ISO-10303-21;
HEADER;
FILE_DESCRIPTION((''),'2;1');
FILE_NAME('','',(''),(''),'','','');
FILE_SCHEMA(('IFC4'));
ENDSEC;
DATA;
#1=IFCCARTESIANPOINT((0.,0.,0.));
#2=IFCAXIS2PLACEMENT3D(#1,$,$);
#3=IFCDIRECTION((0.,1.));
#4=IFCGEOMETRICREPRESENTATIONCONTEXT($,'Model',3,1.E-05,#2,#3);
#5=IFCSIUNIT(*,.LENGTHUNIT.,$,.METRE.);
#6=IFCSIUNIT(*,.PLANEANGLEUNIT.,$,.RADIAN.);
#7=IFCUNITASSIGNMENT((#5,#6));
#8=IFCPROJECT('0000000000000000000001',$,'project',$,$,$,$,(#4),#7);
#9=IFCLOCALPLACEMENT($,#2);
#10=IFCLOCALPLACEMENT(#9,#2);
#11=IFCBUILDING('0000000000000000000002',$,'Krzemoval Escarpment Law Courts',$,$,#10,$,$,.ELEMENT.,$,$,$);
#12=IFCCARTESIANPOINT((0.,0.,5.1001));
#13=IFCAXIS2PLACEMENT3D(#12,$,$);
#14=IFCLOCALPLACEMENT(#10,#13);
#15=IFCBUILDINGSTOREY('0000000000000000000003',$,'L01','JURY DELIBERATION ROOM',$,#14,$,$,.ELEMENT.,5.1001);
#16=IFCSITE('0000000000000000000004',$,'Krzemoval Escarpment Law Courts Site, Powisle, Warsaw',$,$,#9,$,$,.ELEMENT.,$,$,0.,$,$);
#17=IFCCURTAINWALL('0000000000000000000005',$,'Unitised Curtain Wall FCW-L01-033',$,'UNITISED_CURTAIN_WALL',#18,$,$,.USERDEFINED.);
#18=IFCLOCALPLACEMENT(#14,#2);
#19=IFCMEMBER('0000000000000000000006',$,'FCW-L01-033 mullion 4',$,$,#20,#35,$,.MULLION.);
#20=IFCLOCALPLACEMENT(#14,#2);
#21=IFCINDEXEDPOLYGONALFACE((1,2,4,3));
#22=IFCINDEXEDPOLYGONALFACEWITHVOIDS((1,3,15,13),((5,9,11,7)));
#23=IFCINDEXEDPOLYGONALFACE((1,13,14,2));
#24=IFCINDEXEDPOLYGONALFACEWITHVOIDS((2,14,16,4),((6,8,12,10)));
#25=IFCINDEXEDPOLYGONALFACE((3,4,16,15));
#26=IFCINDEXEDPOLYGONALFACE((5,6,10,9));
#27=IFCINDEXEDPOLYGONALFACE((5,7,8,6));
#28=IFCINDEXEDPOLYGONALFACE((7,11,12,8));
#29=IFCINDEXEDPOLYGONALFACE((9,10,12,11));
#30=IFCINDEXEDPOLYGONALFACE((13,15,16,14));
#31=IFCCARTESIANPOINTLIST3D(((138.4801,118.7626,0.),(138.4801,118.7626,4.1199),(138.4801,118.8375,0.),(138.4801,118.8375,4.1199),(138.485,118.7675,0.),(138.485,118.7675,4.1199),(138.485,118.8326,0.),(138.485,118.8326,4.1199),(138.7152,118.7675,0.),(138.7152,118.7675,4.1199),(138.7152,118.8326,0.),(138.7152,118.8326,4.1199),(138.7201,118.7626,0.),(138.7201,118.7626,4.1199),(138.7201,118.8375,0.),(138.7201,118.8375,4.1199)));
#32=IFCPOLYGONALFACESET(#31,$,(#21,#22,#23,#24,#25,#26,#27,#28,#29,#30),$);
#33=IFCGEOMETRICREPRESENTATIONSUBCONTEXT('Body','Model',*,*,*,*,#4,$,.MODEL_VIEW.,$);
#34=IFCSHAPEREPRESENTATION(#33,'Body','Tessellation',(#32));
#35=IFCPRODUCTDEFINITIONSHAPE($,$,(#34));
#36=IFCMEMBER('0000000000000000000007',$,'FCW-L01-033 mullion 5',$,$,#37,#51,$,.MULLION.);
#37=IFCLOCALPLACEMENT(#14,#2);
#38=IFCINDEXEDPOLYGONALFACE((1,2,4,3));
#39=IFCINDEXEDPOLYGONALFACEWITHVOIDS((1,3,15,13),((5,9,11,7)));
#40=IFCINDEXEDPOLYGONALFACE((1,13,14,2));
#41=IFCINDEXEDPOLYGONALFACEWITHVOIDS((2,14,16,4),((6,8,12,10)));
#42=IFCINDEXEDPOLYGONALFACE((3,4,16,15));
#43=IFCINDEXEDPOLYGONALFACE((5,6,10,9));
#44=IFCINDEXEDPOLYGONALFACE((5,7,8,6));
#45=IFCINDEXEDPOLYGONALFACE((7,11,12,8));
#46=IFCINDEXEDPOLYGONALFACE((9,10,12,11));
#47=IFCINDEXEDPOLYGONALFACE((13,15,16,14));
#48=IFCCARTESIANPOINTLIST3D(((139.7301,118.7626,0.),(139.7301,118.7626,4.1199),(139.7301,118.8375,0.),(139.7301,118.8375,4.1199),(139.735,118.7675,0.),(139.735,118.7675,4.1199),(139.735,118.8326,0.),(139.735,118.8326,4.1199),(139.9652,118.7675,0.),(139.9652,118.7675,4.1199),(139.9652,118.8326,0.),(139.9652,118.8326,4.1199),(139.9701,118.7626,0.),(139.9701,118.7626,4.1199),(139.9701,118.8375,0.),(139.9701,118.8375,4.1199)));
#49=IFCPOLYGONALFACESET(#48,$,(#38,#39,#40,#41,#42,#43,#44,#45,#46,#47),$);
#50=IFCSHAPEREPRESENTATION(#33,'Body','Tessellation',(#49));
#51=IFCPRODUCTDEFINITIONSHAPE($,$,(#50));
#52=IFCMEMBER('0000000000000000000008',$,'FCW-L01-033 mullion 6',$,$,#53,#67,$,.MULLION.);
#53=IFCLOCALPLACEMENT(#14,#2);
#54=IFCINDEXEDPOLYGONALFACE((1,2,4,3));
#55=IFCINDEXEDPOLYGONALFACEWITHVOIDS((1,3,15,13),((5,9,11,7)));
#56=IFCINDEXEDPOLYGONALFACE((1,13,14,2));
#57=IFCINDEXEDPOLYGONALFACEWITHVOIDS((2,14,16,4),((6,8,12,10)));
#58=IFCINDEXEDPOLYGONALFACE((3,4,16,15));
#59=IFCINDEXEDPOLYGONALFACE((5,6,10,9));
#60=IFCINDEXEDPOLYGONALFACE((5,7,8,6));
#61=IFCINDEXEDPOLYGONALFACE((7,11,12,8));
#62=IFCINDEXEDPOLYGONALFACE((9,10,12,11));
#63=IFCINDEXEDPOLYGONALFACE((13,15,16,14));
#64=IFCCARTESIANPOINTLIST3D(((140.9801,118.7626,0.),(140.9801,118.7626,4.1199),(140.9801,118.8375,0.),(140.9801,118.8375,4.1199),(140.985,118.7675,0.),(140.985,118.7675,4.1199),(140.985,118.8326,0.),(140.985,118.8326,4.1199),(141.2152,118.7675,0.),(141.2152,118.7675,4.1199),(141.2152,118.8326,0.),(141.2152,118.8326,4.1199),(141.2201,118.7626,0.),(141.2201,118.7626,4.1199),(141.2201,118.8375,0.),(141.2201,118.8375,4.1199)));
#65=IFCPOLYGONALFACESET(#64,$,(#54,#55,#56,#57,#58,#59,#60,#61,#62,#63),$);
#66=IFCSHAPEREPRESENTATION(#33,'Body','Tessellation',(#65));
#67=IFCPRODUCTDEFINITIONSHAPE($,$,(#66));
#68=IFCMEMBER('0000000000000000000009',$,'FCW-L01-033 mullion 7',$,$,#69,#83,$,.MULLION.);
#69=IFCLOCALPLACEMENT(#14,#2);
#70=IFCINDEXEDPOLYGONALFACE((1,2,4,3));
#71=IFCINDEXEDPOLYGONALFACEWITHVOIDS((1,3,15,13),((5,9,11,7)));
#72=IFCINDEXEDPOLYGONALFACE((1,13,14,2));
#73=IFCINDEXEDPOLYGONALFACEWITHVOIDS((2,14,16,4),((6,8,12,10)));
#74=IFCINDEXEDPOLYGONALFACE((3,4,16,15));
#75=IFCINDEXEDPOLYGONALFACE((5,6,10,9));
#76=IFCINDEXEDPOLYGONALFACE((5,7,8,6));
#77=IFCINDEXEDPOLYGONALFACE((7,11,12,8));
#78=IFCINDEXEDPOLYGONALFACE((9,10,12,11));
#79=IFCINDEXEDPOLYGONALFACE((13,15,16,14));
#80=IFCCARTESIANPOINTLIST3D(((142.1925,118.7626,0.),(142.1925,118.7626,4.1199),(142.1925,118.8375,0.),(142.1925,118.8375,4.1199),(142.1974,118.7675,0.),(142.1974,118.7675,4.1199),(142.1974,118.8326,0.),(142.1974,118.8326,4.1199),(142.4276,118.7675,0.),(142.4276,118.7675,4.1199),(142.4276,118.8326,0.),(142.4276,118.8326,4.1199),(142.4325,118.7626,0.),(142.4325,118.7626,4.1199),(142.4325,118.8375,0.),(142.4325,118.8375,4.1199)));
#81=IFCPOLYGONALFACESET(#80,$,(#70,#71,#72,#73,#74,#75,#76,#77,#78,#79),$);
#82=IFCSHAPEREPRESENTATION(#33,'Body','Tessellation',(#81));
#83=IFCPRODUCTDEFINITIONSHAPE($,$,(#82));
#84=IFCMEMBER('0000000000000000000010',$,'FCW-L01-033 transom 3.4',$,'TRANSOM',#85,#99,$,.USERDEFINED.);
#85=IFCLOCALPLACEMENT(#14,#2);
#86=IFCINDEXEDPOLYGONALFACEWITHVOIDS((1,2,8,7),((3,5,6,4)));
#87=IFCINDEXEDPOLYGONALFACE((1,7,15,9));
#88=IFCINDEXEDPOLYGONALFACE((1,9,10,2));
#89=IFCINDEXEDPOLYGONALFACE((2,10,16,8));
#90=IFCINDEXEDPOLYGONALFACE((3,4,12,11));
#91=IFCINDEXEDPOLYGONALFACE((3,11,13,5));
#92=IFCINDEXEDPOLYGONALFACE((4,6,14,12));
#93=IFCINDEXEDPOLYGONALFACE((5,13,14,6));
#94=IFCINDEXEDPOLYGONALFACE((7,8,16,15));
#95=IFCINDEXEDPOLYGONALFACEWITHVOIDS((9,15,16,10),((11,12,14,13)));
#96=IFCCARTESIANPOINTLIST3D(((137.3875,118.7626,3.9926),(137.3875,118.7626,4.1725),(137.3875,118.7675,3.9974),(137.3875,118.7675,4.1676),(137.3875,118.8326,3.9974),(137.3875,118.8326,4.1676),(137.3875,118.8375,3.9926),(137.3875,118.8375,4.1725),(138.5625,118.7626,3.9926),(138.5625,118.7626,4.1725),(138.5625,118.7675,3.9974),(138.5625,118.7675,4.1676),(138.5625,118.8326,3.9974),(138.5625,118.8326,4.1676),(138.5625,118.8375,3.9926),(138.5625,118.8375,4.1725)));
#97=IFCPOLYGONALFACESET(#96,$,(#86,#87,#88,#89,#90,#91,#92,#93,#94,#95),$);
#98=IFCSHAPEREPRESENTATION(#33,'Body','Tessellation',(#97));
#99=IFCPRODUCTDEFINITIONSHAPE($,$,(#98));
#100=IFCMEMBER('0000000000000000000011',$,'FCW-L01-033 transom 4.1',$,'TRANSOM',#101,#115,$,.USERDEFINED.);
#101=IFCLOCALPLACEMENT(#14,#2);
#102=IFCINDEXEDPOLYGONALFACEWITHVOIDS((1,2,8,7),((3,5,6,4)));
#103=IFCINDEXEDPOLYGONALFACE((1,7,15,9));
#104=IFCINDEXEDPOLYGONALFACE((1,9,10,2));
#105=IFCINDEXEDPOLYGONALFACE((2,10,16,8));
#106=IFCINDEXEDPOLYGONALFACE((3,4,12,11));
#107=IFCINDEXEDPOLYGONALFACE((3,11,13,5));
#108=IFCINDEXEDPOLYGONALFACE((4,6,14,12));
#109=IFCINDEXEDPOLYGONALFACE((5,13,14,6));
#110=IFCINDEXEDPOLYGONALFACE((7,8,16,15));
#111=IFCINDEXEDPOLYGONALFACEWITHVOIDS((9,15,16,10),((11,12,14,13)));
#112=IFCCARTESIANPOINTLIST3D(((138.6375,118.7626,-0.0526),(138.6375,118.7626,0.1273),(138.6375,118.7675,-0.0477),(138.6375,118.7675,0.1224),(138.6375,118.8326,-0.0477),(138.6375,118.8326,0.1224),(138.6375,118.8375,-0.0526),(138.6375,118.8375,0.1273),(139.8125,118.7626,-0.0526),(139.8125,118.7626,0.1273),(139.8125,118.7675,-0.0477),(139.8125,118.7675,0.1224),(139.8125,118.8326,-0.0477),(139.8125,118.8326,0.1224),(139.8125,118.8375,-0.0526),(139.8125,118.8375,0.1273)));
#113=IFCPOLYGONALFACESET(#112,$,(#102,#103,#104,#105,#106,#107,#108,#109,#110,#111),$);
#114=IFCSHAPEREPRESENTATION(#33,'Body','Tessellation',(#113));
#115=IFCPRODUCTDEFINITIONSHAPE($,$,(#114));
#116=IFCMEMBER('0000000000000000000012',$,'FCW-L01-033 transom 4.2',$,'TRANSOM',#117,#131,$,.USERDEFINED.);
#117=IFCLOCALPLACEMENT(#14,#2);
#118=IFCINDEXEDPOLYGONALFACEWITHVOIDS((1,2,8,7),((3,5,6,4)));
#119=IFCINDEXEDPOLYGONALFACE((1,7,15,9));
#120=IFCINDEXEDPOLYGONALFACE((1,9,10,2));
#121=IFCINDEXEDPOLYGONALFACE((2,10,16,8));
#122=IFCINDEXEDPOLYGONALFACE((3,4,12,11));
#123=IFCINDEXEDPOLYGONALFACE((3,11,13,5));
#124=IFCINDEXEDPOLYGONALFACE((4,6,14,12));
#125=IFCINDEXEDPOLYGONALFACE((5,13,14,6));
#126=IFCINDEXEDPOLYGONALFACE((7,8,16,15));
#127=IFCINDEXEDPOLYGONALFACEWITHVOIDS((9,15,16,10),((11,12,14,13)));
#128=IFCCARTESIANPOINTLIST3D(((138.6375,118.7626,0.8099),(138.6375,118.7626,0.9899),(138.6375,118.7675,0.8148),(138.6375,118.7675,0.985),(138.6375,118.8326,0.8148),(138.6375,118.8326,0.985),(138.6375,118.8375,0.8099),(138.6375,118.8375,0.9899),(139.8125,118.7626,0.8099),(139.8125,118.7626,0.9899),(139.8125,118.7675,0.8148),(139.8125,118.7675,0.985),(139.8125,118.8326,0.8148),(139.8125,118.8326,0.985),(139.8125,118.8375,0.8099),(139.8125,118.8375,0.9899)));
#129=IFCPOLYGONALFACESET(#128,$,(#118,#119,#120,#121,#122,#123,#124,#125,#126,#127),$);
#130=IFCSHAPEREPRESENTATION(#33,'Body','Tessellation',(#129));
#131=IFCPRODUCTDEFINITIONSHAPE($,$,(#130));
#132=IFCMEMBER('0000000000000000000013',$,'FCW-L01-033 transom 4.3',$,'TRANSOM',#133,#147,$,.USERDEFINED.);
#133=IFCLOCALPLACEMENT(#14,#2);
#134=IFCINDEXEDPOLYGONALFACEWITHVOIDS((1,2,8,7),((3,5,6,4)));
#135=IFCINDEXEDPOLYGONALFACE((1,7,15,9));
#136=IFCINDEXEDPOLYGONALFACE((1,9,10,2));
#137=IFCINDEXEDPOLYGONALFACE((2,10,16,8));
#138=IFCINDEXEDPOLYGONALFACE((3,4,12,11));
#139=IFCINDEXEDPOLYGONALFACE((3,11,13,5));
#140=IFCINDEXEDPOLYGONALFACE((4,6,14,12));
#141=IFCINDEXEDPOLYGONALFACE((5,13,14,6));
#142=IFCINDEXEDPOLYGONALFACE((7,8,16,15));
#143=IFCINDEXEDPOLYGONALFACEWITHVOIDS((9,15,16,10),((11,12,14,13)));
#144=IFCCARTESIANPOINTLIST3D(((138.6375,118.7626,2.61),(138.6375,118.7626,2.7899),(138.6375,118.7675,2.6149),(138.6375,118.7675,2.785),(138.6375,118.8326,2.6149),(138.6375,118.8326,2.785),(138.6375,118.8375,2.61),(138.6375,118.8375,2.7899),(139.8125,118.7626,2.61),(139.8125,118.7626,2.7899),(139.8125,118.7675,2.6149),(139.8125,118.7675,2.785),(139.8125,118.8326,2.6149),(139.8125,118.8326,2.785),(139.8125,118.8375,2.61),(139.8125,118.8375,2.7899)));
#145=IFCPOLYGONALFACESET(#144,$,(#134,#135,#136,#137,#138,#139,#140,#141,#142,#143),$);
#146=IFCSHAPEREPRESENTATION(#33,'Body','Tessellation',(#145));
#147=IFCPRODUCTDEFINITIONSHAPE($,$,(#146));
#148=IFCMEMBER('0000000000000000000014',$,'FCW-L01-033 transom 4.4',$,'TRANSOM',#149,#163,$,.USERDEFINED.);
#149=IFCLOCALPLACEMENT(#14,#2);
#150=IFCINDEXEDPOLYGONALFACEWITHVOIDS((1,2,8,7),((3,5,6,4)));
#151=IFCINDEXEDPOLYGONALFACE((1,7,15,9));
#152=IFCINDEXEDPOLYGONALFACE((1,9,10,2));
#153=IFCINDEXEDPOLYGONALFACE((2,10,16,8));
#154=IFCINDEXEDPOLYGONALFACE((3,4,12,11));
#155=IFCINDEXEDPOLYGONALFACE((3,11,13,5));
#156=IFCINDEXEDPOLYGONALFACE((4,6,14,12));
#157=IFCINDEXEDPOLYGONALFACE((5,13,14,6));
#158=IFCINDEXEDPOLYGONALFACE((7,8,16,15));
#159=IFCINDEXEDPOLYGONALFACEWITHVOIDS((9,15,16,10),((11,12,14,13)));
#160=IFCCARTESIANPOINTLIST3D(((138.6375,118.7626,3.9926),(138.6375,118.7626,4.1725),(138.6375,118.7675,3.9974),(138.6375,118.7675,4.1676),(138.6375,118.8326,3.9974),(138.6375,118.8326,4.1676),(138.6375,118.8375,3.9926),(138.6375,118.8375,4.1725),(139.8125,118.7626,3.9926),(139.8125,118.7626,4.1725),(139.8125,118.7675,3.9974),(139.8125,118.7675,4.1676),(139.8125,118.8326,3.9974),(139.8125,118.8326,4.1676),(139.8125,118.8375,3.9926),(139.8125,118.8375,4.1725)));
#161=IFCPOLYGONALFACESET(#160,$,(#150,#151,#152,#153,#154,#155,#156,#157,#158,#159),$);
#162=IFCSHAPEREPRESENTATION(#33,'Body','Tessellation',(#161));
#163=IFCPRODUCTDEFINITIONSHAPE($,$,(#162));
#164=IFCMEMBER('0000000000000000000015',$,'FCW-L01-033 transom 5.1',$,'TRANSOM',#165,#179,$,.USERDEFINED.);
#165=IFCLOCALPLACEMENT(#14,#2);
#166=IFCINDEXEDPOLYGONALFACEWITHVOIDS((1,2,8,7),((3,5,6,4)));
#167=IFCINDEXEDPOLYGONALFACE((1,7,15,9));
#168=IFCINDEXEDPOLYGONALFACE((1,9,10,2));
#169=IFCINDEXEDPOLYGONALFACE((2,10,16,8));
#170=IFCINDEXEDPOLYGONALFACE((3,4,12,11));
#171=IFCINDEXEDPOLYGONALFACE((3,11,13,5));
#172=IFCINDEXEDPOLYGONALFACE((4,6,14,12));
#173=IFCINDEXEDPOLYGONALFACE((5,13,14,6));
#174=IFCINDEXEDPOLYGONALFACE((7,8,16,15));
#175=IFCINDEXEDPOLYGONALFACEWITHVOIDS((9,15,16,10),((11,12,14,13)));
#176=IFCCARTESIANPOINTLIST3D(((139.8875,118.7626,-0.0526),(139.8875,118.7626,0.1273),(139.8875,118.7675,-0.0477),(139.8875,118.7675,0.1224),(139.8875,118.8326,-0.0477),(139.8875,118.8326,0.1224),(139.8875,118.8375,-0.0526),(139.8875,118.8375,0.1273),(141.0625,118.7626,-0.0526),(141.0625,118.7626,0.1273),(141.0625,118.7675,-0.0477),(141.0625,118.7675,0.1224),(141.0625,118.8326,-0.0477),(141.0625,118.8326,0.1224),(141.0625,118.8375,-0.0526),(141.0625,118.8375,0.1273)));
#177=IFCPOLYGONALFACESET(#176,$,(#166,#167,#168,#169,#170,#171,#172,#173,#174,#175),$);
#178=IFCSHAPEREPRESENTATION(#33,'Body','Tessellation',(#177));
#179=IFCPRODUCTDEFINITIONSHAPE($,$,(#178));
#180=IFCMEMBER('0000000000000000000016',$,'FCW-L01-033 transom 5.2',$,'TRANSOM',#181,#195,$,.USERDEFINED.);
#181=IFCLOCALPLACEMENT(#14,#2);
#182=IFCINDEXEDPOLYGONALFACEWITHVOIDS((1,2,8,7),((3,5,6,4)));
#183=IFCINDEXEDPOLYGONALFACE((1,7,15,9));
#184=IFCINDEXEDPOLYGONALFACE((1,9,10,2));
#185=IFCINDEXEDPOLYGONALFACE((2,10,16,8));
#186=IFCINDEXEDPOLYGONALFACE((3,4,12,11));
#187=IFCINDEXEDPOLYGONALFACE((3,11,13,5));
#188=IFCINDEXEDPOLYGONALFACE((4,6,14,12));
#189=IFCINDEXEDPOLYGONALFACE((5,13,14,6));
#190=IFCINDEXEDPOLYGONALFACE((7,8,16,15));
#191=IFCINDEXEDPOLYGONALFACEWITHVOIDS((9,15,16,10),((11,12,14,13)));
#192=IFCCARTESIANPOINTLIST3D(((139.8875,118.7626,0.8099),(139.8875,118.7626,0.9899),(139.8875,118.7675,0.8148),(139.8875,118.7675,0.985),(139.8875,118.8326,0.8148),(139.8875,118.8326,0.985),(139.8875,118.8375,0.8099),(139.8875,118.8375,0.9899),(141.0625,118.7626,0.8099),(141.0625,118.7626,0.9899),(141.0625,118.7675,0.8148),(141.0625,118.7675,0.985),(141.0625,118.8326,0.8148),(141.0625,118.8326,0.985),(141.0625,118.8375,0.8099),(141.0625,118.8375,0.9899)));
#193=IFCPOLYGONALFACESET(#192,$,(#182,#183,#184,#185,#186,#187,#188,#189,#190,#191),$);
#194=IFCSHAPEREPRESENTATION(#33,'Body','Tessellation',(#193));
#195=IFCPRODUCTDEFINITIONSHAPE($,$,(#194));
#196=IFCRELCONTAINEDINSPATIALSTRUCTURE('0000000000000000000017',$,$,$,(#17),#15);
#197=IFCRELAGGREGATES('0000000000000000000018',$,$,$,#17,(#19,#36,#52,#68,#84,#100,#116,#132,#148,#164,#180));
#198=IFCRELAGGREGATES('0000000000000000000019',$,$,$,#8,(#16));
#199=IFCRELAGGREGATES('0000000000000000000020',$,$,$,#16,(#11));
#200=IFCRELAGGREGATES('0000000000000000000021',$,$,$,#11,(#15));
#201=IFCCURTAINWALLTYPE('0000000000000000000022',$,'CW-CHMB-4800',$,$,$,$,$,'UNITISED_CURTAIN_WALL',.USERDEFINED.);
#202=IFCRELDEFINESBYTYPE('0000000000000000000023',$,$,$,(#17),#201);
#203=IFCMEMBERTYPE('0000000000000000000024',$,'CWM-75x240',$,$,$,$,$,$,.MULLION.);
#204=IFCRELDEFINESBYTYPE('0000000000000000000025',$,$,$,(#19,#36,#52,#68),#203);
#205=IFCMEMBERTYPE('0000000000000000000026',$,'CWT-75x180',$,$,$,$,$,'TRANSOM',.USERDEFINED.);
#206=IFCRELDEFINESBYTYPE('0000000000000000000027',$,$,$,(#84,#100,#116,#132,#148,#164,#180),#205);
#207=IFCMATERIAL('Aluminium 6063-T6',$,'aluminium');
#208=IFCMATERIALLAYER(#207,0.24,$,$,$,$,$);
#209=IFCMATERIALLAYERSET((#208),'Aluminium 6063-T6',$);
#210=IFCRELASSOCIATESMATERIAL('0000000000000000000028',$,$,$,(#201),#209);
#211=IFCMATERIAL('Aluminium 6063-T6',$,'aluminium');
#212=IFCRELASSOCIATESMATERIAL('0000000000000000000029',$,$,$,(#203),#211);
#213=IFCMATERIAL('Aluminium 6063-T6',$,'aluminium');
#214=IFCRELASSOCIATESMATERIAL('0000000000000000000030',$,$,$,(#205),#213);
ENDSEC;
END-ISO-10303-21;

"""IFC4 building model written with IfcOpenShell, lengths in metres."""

from ifc_helpers import new_model, si_unit, direction, frame, origin, origin_2d, place, context, subcontext, project, spatial, hollow_rectangle, extrude, material, layer, layer_set, material_profile, profile_set, type_object, element, aggregate, save


model = new_model("IFC4")

# Units and contexts
model_context = context("Model", 3, precision=1e-05, world=origin(), true_north=direction((0.0, 1.0)))
body_context = subcontext(model_context, "Body", "Model", "MODEL_VIEW")
ifc_project = project(units=[si_unit("LENGTHUNIT", "METRE"), si_unit("PLANEANGLEUNIT", "RADIAN")], contexts=[model_context])

# Site, building, storey
site_placement = place(None, origin())
site = spatial("IfcSite", under=ifc_project, at=site_placement, Name="Krzemoval Escarpment Law Courts Site, Powisle, Warsaw", CompositionType="ELEMENT", RefElevation=0.0)
building_placement = place(site_placement, origin())
building = spatial("IfcBuilding", under=site, at=building_placement, Name="Krzemoval Escarpment Law Courts", CompositionType="ELEMENT")
storey_placement = place(building_placement, frame((0.0, 0.0, 5.1001)))
storey = spatial("IfcBuildingStorey", under=building, at=storey_placement, Name="L01", Description="JURY DELIBERATION ROOM", CompositionType="ELEMENT", Elevation=5.1001)

# Curtain wall, members
ifc_material_1 = material(Name="Aluminium 6063-T6", Category="aluminium")
ifc_layer_1 = layer(ifc_material_1, 0.24)
ifc_layer_set_1 = layer_set([ifc_layer_1], Name="Aluminium 6063-T6")
curtain_wall_type = type_object("IfcCurtainWallType", Name="CW-CHMB-4800", ElementType="UNITISED_CURTAIN_WALL", PredefinedType="USERDEFINED", material=ifc_layer_set_1)
curtain_wall_placement = place(storey_placement, origin())
curtain_wall = element("IfcCurtainWall", 1, at=curtain_wall_placement, inside=storey, type_object=curtain_wall_type, Name="Unitised Curtain Wall FCW-L01-033", ObjectType="UNITISED_CURTAIN_WALL", PredefinedType="USERDEFINED")
ifc_material_2 = material(Name="Aluminium 6063-T6", Category="aluminium")
ifc_material_profile_1 = material_profile(ifc_material_2, hollow_rectangle(XDim=0.075, YDim=0.24, WallThickness=0.0049, at=origin_2d()), Name="ALU M75x240")
ifc_profile_set_1 = profile_set([ifc_material_profile_1], Name="Aluminium 6063-T6")
member_type_1 = type_object("IfcMemberType", Name="CWM-75x240", PredefinedType="MULLION", material=ifc_profile_set_1)
member_1_placement = place(storey_placement, frame((138.6001, 118.8, 0.0), z_axis=(0.0, 0.0, 1.0), x_axis=(0.0, 1.0, 0.0)))
member_1 = element("IfcMember", 2, at=member_1_placement, type_object=member_type_1, Name="FCW-L01-033 mullion 4", PredefinedType="MULLION", context=body_context, shape_type="SweptSolid", body=[
    extrude(hollow_rectangle(XDim=0.075, YDim=0.24, WallThickness=0.0049, at=origin_2d()), origin(), (0.0, 0.0, 1.0), 4.1199),
])
member_2_placement = place(storey_placement, frame((139.8501, 118.8, 0.0), z_axis=(0.0, 0.0, 1.0), x_axis=(0.0, 1.0, 0.0)))
member_2 = element("IfcMember", 3, at=member_2_placement, type_object=member_type_1, Name="FCW-L01-033 mullion 5", PredefinedType="MULLION", context=body_context, shape_type="SweptSolid", body=[
    extrude(hollow_rectangle(XDim=0.075, YDim=0.24, WallThickness=0.0049, at=origin_2d()), origin(), (0.0, 0.0, 1.0), 4.1199),
])
member_3_placement = place(storey_placement, frame((141.1001, 118.8, 0.0), z_axis=(0.0, 0.0, 1.0), x_axis=(0.0, 1.0, 0.0)))
member_3 = element("IfcMember", 4, at=member_3_placement, type_object=member_type_1, Name="FCW-L01-033 mullion 6", PredefinedType="MULLION", context=body_context, shape_type="SweptSolid", body=[
    extrude(hollow_rectangle(XDim=0.075, YDim=0.24, WallThickness=0.0049, at=origin_2d()), origin(), (0.0, 0.0, 1.0), 4.1199),
])
member_4_placement = place(storey_placement, frame((142.3125, 118.8, 0.0), z_axis=(0.0, 0.0, 1.0), x_axis=(0.0, 1.0, 0.0)))
member_4 = element("IfcMember", 5, at=member_4_placement, type_object=member_type_1, Name="FCW-L01-033 mullion 7", PredefinedType="MULLION", context=body_context, shape_type="SweptSolid", body=[
    extrude(hollow_rectangle(XDim=0.075, YDim=0.24, WallThickness=0.0049, at=origin_2d()), origin(), (0.0, 0.0, 1.0), 4.1199),
])
ifc_material_3 = material(Name="Aluminium 6063-T6", Category="aluminium")
ifc_material_profile_2 = material_profile(ifc_material_3, hollow_rectangle(XDim=0.075, YDim=0.1799, WallThickness=0.0049, at=origin_2d()), Name="ALU T75x180")
ifc_profile_set_2 = profile_set([ifc_material_profile_2], Name="Aluminium 6063-T6")
member_type_2 = type_object("IfcMemberType", Name="CWT-75x180", ElementType="TRANSOM", PredefinedType="USERDEFINED", material=ifc_profile_set_2)
member_5_placement = place(storey_placement, frame((137.3875, 118.8, 4.0825), z_axis=(1.0, 0.0, 0.0), x_axis=(0.0, 1.0, 0.0)))
member_5 = element("IfcMember", 6, at=member_5_placement, type_object=member_type_2, Name="FCW-L01-033 transom 3.4", ObjectType="TRANSOM", PredefinedType="USERDEFINED", context=body_context, shape_type="SweptSolid", body=[
    extrude(hollow_rectangle(XDim=0.075, YDim=0.1799, WallThickness=0.0049, at=origin_2d()), origin(), (0.0, 0.0, 1.0), 1.175),
])
member_6_placement = place(storey_placement, frame((138.6375, 118.8, 0.0374), z_axis=(1.0, 0.0, 0.0), x_axis=(0.0, 1.0, 0.0)))
member_6 = element("IfcMember", 7, at=member_6_placement, type_object=member_type_2, Name="FCW-L01-033 transom 4.1", ObjectType="TRANSOM", PredefinedType="USERDEFINED", context=body_context, shape_type="SweptSolid", body=[
    extrude(hollow_rectangle(XDim=0.075, YDim=0.1799, WallThickness=0.0049, at=origin_2d()), origin(), (0.0, 0.0, 1.0), 1.175),
])
member_7_placement = place(storey_placement, frame((138.6375, 118.8, 0.8999), z_axis=(1.0, 0.0, 0.0), x_axis=(0.0, 1.0, 0.0)))
member_7 = element("IfcMember", 8, at=member_7_placement, type_object=member_type_2, Name="FCW-L01-033 transom 4.2", ObjectType="TRANSOM", PredefinedType="USERDEFINED", context=body_context, shape_type="SweptSolid", body=[
    extrude(hollow_rectangle(XDim=0.075, YDim=0.1799, WallThickness=0.0049, at=origin_2d()), origin(), (0.0, 0.0, 1.0), 1.175),
])
member_8_placement = place(storey_placement, frame((138.6375, 118.8, 2.7), z_axis=(1.0, 0.0, 0.0), x_axis=(0.0, 1.0, 0.0)))
member_8 = element("IfcMember", 9, at=member_8_placement, type_object=member_type_2, Name="FCW-L01-033 transom 4.3", ObjectType="TRANSOM", PredefinedType="USERDEFINED", context=body_context, shape_type="SweptSolid", body=[
    extrude(hollow_rectangle(XDim=0.075, YDim=0.1799, WallThickness=0.0049, at=origin_2d()), origin(), (0.0, 0.0, 1.0), 1.175),
])
member_9_placement = place(storey_placement, frame((138.6375, 118.8, 4.0825), z_axis=(1.0, 0.0, 0.0), x_axis=(0.0, 1.0, 0.0)))
member_9 = element("IfcMember", 10, at=member_9_placement, type_object=member_type_2, Name="FCW-L01-033 transom 4.4", ObjectType="TRANSOM", PredefinedType="USERDEFINED", context=body_context, shape_type="SweptSolid", body=[
    extrude(hollow_rectangle(XDim=0.075, YDim=0.1799, WallThickness=0.0049, at=origin_2d()), origin(), (0.0, 0.0, 1.0), 1.175),
])
member_10_placement = place(storey_placement, frame((139.8875, 118.8, 0.0374), z_axis=(1.0, 0.0, 0.0), x_axis=(0.0, 1.0, 0.0)))
member_10 = element("IfcMember", 11, at=member_10_placement, type_object=member_type_2, Name="FCW-L01-033 transom 5.1", ObjectType="TRANSOM", PredefinedType="USERDEFINED", context=body_context, shape_type="SweptSolid", body=[
    extrude(hollow_rectangle(XDim=0.075, YDim=0.1799, WallThickness=0.0049, at=origin_2d()), origin(), (0.0, 0.0, 1.0), 1.175),
])
member_11_placement = place(storey_placement, frame((139.8875, 118.8, 0.8999), z_axis=(1.0, 0.0, 0.0), x_axis=(0.0, 1.0, 0.0)))
member_11 = element("IfcMember", 12, at=member_11_placement, type_object=member_type_2, Name="FCW-L01-033 transom 5.2", ObjectType="TRANSOM", PredefinedType="USERDEFINED", context=body_context, shape_type="SweptSolid", body=[
    extrude(hollow_rectangle(XDim=0.075, YDim=0.1799, WallThickness=0.0049, at=origin_2d()), origin(), (0.0, 0.0, 1.0), 1.175),
])
aggregate(curtain_wall, [member_1, member_2, member_3, member_4, member_5, member_6, member_7, member_8, member_9, member_10, member_11])

save(model, "model.ifc")
